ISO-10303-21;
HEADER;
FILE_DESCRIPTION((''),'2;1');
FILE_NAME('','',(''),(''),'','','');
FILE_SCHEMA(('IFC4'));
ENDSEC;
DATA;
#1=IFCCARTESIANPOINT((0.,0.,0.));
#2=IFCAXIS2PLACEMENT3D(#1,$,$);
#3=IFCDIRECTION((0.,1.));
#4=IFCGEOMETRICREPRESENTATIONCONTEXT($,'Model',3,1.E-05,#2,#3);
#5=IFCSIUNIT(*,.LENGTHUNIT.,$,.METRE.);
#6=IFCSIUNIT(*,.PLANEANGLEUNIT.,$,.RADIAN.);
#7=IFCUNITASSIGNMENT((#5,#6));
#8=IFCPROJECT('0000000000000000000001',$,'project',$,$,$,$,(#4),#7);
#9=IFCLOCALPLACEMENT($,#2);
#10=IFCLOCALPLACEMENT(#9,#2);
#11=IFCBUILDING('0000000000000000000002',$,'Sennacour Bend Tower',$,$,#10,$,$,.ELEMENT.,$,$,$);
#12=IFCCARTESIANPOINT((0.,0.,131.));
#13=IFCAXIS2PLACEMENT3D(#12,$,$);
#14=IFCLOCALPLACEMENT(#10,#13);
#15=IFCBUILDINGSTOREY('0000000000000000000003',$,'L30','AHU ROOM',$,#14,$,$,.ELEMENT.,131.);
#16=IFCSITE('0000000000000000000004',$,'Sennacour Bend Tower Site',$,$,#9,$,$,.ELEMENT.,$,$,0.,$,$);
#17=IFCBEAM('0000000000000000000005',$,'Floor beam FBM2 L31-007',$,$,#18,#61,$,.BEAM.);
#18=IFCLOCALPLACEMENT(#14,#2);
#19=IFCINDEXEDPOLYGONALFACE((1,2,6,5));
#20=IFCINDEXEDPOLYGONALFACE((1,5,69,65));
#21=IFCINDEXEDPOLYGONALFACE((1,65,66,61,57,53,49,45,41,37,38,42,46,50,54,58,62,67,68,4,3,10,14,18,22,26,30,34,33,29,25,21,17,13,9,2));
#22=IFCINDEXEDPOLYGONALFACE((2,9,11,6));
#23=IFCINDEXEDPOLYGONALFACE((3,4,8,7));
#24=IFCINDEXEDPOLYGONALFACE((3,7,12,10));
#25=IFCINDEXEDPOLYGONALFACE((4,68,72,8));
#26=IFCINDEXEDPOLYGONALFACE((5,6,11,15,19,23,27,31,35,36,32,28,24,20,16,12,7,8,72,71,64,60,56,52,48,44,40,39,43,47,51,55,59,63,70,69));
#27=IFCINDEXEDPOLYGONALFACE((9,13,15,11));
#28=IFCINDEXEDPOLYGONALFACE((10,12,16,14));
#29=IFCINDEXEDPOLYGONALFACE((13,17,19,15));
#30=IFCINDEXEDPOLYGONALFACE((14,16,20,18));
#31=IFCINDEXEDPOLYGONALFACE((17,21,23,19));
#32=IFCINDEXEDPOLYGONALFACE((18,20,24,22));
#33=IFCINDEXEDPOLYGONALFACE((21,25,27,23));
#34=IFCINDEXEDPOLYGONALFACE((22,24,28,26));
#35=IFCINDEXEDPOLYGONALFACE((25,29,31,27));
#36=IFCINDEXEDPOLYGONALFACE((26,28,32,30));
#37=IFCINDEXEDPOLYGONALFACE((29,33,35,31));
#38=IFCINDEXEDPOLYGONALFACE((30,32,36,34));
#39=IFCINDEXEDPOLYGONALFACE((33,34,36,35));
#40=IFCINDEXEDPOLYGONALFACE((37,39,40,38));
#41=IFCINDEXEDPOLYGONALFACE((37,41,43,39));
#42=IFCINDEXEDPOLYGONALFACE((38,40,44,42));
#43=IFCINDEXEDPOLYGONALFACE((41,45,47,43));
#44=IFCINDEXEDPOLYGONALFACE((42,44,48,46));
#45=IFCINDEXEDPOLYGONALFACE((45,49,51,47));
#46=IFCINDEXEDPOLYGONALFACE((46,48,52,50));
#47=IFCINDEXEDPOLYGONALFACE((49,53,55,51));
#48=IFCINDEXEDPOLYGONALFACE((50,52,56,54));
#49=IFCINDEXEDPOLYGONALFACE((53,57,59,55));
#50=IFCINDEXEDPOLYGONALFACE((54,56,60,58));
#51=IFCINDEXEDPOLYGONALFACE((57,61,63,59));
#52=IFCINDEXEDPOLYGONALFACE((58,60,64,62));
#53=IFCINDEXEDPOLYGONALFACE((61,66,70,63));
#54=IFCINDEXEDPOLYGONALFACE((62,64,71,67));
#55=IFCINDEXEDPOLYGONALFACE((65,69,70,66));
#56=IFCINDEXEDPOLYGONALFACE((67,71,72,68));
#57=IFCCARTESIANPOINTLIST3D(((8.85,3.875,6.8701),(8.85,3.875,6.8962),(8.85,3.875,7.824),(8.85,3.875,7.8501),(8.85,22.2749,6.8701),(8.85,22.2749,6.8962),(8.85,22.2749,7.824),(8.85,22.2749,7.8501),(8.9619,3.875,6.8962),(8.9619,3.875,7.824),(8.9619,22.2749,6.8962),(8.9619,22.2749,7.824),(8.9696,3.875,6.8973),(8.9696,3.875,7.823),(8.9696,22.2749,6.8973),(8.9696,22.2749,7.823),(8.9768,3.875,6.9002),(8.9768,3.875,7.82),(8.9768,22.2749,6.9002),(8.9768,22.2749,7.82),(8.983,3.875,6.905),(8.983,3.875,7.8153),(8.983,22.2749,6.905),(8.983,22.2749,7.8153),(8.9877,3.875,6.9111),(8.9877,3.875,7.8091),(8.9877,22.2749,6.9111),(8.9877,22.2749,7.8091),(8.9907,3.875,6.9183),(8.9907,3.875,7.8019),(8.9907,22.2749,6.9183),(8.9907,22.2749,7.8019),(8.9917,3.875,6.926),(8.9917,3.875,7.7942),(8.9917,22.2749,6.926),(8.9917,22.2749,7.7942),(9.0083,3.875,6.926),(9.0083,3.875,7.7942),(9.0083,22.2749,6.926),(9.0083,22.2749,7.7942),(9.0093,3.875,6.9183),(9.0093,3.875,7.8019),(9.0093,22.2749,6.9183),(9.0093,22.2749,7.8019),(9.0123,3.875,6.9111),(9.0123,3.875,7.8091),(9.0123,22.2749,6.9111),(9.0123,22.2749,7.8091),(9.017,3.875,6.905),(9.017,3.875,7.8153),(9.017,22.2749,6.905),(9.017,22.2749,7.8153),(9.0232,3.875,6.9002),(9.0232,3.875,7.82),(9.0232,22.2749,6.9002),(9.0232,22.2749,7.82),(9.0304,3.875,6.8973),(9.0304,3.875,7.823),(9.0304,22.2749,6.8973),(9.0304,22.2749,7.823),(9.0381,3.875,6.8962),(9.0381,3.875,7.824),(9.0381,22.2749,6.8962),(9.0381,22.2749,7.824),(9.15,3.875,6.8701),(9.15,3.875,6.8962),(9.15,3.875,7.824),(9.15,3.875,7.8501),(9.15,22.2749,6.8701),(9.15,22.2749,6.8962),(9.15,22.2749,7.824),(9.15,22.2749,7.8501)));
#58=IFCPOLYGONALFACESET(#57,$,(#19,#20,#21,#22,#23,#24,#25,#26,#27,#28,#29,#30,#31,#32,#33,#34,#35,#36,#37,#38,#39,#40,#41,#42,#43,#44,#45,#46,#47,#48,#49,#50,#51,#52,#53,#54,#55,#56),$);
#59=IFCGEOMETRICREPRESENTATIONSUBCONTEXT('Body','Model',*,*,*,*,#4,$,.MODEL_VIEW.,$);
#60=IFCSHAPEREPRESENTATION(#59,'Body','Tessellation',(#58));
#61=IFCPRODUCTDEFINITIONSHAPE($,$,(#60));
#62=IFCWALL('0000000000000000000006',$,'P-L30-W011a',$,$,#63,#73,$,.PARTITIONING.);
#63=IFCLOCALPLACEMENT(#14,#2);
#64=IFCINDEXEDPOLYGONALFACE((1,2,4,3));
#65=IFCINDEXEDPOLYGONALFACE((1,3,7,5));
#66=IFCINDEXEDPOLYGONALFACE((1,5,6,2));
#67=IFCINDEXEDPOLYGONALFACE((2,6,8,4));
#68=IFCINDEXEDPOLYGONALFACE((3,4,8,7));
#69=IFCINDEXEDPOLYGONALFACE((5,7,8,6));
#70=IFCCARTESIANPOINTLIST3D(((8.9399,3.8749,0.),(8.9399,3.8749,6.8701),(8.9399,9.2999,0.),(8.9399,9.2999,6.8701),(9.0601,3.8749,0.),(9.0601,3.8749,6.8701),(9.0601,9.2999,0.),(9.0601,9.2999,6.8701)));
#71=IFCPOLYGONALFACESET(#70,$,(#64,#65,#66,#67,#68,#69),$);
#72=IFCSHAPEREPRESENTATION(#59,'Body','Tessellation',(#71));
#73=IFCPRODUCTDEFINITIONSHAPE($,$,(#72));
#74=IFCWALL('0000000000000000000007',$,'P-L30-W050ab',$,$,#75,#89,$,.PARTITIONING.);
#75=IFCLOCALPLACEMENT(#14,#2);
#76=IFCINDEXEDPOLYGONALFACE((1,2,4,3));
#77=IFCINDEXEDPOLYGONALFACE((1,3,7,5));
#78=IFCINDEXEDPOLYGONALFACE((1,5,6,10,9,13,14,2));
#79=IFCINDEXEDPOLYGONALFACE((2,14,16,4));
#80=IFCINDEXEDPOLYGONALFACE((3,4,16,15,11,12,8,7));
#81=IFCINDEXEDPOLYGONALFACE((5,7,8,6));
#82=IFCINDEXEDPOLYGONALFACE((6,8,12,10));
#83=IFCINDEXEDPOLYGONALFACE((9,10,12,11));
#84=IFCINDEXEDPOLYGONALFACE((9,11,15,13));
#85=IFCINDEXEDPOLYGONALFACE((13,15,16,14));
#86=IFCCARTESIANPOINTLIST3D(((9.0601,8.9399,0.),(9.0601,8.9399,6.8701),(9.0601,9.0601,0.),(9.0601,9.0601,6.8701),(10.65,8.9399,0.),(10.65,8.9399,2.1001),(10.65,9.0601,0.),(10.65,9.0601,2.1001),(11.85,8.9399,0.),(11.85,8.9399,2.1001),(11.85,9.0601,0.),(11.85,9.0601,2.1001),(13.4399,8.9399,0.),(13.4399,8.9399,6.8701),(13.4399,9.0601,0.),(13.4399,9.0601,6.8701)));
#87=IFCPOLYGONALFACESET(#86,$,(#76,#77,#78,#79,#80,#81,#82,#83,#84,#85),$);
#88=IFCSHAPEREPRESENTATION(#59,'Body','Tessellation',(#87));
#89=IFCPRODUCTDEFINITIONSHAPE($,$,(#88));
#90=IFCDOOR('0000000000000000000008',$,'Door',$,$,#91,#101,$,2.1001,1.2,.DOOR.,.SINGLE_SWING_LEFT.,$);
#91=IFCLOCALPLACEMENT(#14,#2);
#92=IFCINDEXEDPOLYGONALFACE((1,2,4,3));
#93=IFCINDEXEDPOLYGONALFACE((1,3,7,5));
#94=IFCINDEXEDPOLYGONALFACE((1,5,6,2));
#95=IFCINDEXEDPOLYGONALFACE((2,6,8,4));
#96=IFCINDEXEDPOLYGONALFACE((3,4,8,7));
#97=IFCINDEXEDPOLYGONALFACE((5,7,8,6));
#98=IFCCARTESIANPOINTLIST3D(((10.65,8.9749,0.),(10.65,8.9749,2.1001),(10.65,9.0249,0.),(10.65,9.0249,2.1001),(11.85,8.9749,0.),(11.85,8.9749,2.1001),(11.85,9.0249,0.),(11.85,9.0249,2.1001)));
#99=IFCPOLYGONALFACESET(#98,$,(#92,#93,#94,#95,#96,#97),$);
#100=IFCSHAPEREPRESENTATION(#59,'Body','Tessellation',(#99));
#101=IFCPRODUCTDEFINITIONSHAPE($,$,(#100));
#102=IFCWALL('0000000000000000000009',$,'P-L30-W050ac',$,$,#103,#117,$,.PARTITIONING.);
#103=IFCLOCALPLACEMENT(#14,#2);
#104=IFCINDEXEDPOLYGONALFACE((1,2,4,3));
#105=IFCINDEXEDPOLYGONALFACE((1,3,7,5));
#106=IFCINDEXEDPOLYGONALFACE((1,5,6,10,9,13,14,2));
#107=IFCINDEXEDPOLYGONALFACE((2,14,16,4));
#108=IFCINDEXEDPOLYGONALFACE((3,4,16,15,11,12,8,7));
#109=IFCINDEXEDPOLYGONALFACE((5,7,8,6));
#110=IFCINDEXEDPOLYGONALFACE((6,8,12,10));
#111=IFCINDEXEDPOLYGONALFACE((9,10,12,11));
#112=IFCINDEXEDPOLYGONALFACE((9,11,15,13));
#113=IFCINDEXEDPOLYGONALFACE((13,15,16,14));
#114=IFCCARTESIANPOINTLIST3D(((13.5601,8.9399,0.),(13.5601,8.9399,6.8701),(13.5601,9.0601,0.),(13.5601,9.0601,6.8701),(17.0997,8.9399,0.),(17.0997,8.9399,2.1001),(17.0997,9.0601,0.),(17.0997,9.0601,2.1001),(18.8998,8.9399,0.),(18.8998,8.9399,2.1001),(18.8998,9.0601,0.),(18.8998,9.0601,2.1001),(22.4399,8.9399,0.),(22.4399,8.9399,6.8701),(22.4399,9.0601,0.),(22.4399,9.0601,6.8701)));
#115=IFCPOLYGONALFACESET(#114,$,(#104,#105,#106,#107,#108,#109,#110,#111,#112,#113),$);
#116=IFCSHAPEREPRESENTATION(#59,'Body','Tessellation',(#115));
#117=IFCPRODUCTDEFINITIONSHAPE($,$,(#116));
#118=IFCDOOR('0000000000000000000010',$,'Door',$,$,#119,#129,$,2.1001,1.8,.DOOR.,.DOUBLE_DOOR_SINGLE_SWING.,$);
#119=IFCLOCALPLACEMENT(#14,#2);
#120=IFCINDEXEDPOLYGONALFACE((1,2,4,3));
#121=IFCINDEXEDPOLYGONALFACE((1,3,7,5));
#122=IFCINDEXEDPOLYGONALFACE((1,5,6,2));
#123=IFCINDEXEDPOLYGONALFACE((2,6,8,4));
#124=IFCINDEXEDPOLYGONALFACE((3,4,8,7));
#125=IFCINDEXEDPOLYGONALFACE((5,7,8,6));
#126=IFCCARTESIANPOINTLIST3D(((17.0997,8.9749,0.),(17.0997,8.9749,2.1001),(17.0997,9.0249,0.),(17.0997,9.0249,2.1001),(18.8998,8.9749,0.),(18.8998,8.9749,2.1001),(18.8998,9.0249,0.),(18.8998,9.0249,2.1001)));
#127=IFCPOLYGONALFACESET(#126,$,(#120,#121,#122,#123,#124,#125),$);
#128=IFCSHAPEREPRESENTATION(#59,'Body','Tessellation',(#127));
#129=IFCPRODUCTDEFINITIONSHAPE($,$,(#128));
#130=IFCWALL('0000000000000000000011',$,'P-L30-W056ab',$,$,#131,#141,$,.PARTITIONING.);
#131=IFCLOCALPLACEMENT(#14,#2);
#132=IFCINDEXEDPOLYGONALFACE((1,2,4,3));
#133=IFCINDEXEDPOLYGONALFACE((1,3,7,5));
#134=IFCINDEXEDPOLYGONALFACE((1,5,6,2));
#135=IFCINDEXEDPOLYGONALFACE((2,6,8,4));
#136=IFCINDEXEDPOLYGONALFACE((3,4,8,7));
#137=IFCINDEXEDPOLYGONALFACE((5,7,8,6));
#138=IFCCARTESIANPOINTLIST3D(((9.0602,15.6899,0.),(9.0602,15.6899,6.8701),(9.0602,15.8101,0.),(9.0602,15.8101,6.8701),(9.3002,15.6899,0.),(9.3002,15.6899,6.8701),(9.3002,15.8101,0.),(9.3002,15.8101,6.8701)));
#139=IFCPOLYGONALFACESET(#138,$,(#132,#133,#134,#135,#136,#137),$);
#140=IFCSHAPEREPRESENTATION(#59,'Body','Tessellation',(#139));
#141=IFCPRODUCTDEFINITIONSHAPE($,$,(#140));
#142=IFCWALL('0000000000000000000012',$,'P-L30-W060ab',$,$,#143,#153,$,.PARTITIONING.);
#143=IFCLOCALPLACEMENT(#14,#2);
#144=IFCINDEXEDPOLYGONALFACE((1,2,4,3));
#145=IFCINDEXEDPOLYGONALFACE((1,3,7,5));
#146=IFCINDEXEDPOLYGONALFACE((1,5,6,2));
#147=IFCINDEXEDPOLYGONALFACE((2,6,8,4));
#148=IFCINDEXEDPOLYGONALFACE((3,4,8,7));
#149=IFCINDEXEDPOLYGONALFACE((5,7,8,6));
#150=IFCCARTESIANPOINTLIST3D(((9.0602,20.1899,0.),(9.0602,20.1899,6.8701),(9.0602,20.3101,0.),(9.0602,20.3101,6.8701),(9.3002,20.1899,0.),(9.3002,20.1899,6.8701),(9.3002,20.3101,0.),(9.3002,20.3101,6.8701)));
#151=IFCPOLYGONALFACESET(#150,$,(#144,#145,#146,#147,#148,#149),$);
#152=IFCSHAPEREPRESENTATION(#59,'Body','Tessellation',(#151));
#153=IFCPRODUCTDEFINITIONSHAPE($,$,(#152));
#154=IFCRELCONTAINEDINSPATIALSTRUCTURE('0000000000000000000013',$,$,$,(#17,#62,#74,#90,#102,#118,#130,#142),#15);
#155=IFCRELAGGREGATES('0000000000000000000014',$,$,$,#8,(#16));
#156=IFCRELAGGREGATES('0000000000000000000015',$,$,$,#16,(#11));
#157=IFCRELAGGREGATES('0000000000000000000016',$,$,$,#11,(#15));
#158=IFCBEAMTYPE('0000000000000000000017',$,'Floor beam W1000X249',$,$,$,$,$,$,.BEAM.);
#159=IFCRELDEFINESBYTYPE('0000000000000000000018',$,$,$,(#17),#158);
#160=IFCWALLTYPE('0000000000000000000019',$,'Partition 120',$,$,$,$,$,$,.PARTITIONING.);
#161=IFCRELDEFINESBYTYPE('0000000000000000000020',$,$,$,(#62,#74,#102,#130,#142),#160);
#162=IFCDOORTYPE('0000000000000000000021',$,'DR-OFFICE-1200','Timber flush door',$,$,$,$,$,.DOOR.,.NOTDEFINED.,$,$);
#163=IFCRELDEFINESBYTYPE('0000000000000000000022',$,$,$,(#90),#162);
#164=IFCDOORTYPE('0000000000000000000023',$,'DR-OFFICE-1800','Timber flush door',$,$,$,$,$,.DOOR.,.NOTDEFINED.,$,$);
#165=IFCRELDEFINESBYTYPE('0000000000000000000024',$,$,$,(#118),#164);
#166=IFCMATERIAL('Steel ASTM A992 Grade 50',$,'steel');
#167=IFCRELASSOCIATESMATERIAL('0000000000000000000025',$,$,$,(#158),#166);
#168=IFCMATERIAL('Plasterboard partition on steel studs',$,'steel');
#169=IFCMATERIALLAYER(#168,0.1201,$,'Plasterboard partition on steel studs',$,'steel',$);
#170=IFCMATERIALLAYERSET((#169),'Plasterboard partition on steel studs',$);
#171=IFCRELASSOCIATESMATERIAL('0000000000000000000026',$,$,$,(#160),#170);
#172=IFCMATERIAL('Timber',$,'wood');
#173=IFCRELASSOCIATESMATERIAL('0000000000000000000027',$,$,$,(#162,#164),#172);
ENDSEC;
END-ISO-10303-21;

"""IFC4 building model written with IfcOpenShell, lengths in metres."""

from ifc_helpers import new_model, si_unit, direction, frame, frame_2d, origin, origin_2d, place, context, subcontext, project, spatial, rectangle, i_section, extrude, material, layer, layer_set, material_profile, profile_set, type_object, element, fill, save


model = new_model("IFC4")

# Units and contexts
model_context = context("Model", 3, precision=1e-05, world=origin(), true_north=direction((0.0, 1.0)))
body_context = subcontext(model_context, "Body", "Model", "MODEL_VIEW")
ifc_project = project(units=[si_unit("LENGTHUNIT", "METRE"), si_unit("PLANEANGLEUNIT", "RADIAN")], contexts=[model_context])

# Site, building, storey
site_placement = place(None, origin())
site = spatial("IfcSite", under=ifc_project, at=site_placement, Name="Sennacour Bend Tower Site", CompositionType="ELEMENT", RefElevation=0.0)
building_placement = place(site_placement, origin())
building = spatial("IfcBuilding", under=site, at=building_placement, Name="Sennacour Bend Tower", CompositionType="ELEMENT")
storey_placement = place(building_placement, frame((0.0, 0.0, 131.0)))
storey = spatial("IfcBuildingStorey", under=building, at=storey_placement, Name="L30", Description="AHU ROOM", CompositionType="ELEMENT", Elevation=131.0)

# Beam
ifc_material_1 = material(Name="Steel ASTM A992 Grade 50", Category="steel")
ifc_material_profile_1 = material_profile(ifc_material_1, i_section(OverallWidth=0.3, OverallDepth=0.98, WebThickness=0.0166, FlangeThickness=0.0261, FilletRadius=0.0298, at=origin_2d()), Name="Steel ASTM A992 Grade 50", Category="steel")
ifc_profile_set_1 = profile_set([ifc_material_profile_1], Name="Steel ASTM A992 Grade 50")
beam_type = type_object("IfcBeamType", Name="Floor beam W1000X249", PredefinedType="BEAM", material=ifc_profile_set_1)
for number, where, z_axis, x_axis, name in (
    (1, (9.0, 3.875, 7.3601), (0.0, 1.0, 0.0), (-1.0, 0.0, 0.0), "Floor beam FBM2 L31-007"),
):
    element("IfcBeam", number, at=place(storey_placement, frame(where, z_axis=z_axis, x_axis=x_axis)), inside=storey, type_object=beam_type, Name=name, PredefinedType="BEAM", context=body_context, shape_type="SweptSolid", body=[
        extrude(i_section(OverallWidth=0.3, OverallDepth=0.98, WebThickness=0.0166, FlangeThickness=0.0261, FilletRadius=0.0298, at=origin_2d()), origin(), (0.0, 0.0, 1.0), 18.3999),
    ])

# Wall
ifc_material_2 = material(Name="Plasterboard partition on steel studs", Category="steel")
ifc_layer_1 = layer(ifc_material_2, 0.1201, Name="Plasterboard partition on steel studs", Category="steel")
ifc_layer_set_1 = layer_set([ifc_layer_1], Name="Plasterboard partition on steel studs")
wall_type_1 = type_object("IfcWallType", Name="Partition 120", PredefinedType="PARTITIONING", material=ifc_layer_set_1)
wall_1_placement = place(storey_placement, frame((9.0, 3.875, 0.0), z_axis=(0.0, 0.0, 1.0), x_axis=(0.0, 1.0, 0.0)))
element("IfcWall", 2, at=wall_1_placement, inside=storey, type_object=wall_type_1, Name="P-L30-W011a", PredefinedType="PARTITIONING", context=body_context, shape_type="SweptSolid", body=[
    extrude(rectangle(XDim=5.425, YDim=0.1201, at=frame_2d((2.7124, 0.0))), origin(), (0.0, 0.0, 1.0), 6.8701),
])

# Walls, openings, doors
wall_2_placement = place(storey_placement, frame((9.0601, 9.0, 0.0), z_axis=(0.0, 0.0, 1.0), x_axis=(1.0, 0.0, 0.0)))
wall_2 = element("IfcWall", 3, at=wall_2_placement, inside=storey, type_object=wall_type_1, Name="P-L30-W050ab", PredefinedType="PARTITIONING", context=body_context, shape_type="SweptSolid", body=[
    extrude(rectangle(XDim=4.3799, YDim=0.1201, at=frame_2d((2.1899, 0.0))), origin(), (0.0, 0.0, 1.0), 6.8701),
])
opening_1_placement = place(wall_2_placement, frame((1.5898, 0.0, 0.0)))
opening_1 = element("IfcOpeningElement", 4, at=opening_1_placement, cuts=wall_2, PredefinedType="OPENING", context=body_context, shape_type="SweptSolid", body=[
    extrude(rectangle(XDim=1.2, YDim=2.1001, at=frame_2d((0.6001, 1.05))), frame((0.0, 0.0701, 0.0), z_axis=(0.0, -1.0, 0.0), x_axis=(1.0, 0.0, 0.0)), (0.0, 0.0, 1.0), 0.1401),
])
ifc_material_3 = material(Name="Timber", Category="wood")
door_type_1 = type_object("IfcDoorType", Name="DR-OFFICE-1200", Description="Timber flush door", OperationType="NOTDEFINED", PredefinedType="DOOR", material=ifc_material_3)
door_1_placement = place(opening_1_placement, origin())
door_1 = element("IfcDoor", 5, at=door_1_placement, inside=storey, type_object=door_type_1, Name="Door", OperationType="SINGLE_SWING_LEFT", OverallHeight=2.1001, OverallWidth=1.2, PredefinedType="DOOR", context=body_context, shape_type="SweptSolid", body=[
    extrude(rectangle(XDim=1.2, YDim=2.1001, at=frame_2d((0.6001, 1.05))), frame((0.0, 0.0249, 0.0), z_axis=(0.0, -1.0, 0.0), x_axis=(1.0, 0.0, 0.0)), (0.0, 0.0, 1.0), 0.05),
])
fill(opening_1, door_1)
wall_3_placement = place(storey_placement, frame((13.5601, 9.0, 0.0), z_axis=(0.0, 0.0, 1.0), x_axis=(1.0, 0.0, 0.0)))
wall_3 = element("IfcWall", 6, at=wall_3_placement, inside=storey, type_object=wall_type_1, Name="P-L30-W050ac", PredefinedType="PARTITIONING", context=body_context, shape_type="SweptSolid", body=[
    extrude(rectangle(XDim=8.8799, YDim=0.1201, at=frame_2d((4.4399, 0.0))), origin(), (0.0, 0.0, 1.0), 6.8701),
])
opening_2_placement = place(wall_3_placement, frame((3.5398, 0.0, 0.0)))
opening_2 = element("IfcOpeningElement", 7, at=opening_2_placement, cuts=wall_3, PredefinedType="OPENING", context=body_context, shape_type="SweptSolid", body=[
    extrude(rectangle(XDim=1.8, YDim=2.1001, at=frame_2d((0.8999, 1.05))), frame((0.0, 0.0701, 0.0), z_axis=(0.0, -1.0, 0.0), x_axis=(1.0, 0.0, 0.0)), (0.0, 0.0, 1.0), 0.1401),
])
door_type_2 = type_object("IfcDoorType", Name="DR-OFFICE-1800", Description="Timber flush door", OperationType="NOTDEFINED", PredefinedType="DOOR", material=ifc_material_3)
door_2_placement = place(opening_2_placement, origin())
door_2 = element("IfcDoor", 8, at=door_2_placement, inside=storey, type_object=door_type_2, Name="Door", OperationType="DOUBLE_DOOR_SINGLE_SWING", OverallHeight=2.1001, OverallWidth=1.8, PredefinedType="DOOR", context=body_context, shape_type="SweptSolid", body=[
    extrude(rectangle(XDim=1.8, YDim=2.1001, at=frame_2d((0.8999, 1.05))), frame((0.0, 0.0249, 0.0), z_axis=(0.0, -1.0, 0.0), x_axis=(1.0, 0.0, 0.0)), (0.0, 0.0, 1.0), 0.05),
])
fill(opening_2, door_2)

# Walls
for number, where, z_axis, x_axis, name in (
    (9, (9.0601, 15.75, 0.0), (0.0, 0.0, 1.0), (1.0, 0.0, 0.0), "P-L30-W056ab"),
    (10, (9.0601, 20.25, 0.0), (0.0, 0.0, 1.0), (1.0, 0.0, 0.0), "P-L30-W060ab"),
):
    element("IfcWall", number, at=place(storey_placement, frame(where, z_axis=z_axis, x_axis=x_axis)), inside=storey, type_object=wall_type_1, Name=name, PredefinedType="PARTITIONING", context=body_context, shape_type="SweptSolid", body=[
        extrude(rectangle(XDim=0.24, YDim=0.1201, at=frame_2d((0.1201, 0.0))), origin(), (0.0, 0.0, 1.0), 6.8701),
    ])

save(model, "model.ifc")
